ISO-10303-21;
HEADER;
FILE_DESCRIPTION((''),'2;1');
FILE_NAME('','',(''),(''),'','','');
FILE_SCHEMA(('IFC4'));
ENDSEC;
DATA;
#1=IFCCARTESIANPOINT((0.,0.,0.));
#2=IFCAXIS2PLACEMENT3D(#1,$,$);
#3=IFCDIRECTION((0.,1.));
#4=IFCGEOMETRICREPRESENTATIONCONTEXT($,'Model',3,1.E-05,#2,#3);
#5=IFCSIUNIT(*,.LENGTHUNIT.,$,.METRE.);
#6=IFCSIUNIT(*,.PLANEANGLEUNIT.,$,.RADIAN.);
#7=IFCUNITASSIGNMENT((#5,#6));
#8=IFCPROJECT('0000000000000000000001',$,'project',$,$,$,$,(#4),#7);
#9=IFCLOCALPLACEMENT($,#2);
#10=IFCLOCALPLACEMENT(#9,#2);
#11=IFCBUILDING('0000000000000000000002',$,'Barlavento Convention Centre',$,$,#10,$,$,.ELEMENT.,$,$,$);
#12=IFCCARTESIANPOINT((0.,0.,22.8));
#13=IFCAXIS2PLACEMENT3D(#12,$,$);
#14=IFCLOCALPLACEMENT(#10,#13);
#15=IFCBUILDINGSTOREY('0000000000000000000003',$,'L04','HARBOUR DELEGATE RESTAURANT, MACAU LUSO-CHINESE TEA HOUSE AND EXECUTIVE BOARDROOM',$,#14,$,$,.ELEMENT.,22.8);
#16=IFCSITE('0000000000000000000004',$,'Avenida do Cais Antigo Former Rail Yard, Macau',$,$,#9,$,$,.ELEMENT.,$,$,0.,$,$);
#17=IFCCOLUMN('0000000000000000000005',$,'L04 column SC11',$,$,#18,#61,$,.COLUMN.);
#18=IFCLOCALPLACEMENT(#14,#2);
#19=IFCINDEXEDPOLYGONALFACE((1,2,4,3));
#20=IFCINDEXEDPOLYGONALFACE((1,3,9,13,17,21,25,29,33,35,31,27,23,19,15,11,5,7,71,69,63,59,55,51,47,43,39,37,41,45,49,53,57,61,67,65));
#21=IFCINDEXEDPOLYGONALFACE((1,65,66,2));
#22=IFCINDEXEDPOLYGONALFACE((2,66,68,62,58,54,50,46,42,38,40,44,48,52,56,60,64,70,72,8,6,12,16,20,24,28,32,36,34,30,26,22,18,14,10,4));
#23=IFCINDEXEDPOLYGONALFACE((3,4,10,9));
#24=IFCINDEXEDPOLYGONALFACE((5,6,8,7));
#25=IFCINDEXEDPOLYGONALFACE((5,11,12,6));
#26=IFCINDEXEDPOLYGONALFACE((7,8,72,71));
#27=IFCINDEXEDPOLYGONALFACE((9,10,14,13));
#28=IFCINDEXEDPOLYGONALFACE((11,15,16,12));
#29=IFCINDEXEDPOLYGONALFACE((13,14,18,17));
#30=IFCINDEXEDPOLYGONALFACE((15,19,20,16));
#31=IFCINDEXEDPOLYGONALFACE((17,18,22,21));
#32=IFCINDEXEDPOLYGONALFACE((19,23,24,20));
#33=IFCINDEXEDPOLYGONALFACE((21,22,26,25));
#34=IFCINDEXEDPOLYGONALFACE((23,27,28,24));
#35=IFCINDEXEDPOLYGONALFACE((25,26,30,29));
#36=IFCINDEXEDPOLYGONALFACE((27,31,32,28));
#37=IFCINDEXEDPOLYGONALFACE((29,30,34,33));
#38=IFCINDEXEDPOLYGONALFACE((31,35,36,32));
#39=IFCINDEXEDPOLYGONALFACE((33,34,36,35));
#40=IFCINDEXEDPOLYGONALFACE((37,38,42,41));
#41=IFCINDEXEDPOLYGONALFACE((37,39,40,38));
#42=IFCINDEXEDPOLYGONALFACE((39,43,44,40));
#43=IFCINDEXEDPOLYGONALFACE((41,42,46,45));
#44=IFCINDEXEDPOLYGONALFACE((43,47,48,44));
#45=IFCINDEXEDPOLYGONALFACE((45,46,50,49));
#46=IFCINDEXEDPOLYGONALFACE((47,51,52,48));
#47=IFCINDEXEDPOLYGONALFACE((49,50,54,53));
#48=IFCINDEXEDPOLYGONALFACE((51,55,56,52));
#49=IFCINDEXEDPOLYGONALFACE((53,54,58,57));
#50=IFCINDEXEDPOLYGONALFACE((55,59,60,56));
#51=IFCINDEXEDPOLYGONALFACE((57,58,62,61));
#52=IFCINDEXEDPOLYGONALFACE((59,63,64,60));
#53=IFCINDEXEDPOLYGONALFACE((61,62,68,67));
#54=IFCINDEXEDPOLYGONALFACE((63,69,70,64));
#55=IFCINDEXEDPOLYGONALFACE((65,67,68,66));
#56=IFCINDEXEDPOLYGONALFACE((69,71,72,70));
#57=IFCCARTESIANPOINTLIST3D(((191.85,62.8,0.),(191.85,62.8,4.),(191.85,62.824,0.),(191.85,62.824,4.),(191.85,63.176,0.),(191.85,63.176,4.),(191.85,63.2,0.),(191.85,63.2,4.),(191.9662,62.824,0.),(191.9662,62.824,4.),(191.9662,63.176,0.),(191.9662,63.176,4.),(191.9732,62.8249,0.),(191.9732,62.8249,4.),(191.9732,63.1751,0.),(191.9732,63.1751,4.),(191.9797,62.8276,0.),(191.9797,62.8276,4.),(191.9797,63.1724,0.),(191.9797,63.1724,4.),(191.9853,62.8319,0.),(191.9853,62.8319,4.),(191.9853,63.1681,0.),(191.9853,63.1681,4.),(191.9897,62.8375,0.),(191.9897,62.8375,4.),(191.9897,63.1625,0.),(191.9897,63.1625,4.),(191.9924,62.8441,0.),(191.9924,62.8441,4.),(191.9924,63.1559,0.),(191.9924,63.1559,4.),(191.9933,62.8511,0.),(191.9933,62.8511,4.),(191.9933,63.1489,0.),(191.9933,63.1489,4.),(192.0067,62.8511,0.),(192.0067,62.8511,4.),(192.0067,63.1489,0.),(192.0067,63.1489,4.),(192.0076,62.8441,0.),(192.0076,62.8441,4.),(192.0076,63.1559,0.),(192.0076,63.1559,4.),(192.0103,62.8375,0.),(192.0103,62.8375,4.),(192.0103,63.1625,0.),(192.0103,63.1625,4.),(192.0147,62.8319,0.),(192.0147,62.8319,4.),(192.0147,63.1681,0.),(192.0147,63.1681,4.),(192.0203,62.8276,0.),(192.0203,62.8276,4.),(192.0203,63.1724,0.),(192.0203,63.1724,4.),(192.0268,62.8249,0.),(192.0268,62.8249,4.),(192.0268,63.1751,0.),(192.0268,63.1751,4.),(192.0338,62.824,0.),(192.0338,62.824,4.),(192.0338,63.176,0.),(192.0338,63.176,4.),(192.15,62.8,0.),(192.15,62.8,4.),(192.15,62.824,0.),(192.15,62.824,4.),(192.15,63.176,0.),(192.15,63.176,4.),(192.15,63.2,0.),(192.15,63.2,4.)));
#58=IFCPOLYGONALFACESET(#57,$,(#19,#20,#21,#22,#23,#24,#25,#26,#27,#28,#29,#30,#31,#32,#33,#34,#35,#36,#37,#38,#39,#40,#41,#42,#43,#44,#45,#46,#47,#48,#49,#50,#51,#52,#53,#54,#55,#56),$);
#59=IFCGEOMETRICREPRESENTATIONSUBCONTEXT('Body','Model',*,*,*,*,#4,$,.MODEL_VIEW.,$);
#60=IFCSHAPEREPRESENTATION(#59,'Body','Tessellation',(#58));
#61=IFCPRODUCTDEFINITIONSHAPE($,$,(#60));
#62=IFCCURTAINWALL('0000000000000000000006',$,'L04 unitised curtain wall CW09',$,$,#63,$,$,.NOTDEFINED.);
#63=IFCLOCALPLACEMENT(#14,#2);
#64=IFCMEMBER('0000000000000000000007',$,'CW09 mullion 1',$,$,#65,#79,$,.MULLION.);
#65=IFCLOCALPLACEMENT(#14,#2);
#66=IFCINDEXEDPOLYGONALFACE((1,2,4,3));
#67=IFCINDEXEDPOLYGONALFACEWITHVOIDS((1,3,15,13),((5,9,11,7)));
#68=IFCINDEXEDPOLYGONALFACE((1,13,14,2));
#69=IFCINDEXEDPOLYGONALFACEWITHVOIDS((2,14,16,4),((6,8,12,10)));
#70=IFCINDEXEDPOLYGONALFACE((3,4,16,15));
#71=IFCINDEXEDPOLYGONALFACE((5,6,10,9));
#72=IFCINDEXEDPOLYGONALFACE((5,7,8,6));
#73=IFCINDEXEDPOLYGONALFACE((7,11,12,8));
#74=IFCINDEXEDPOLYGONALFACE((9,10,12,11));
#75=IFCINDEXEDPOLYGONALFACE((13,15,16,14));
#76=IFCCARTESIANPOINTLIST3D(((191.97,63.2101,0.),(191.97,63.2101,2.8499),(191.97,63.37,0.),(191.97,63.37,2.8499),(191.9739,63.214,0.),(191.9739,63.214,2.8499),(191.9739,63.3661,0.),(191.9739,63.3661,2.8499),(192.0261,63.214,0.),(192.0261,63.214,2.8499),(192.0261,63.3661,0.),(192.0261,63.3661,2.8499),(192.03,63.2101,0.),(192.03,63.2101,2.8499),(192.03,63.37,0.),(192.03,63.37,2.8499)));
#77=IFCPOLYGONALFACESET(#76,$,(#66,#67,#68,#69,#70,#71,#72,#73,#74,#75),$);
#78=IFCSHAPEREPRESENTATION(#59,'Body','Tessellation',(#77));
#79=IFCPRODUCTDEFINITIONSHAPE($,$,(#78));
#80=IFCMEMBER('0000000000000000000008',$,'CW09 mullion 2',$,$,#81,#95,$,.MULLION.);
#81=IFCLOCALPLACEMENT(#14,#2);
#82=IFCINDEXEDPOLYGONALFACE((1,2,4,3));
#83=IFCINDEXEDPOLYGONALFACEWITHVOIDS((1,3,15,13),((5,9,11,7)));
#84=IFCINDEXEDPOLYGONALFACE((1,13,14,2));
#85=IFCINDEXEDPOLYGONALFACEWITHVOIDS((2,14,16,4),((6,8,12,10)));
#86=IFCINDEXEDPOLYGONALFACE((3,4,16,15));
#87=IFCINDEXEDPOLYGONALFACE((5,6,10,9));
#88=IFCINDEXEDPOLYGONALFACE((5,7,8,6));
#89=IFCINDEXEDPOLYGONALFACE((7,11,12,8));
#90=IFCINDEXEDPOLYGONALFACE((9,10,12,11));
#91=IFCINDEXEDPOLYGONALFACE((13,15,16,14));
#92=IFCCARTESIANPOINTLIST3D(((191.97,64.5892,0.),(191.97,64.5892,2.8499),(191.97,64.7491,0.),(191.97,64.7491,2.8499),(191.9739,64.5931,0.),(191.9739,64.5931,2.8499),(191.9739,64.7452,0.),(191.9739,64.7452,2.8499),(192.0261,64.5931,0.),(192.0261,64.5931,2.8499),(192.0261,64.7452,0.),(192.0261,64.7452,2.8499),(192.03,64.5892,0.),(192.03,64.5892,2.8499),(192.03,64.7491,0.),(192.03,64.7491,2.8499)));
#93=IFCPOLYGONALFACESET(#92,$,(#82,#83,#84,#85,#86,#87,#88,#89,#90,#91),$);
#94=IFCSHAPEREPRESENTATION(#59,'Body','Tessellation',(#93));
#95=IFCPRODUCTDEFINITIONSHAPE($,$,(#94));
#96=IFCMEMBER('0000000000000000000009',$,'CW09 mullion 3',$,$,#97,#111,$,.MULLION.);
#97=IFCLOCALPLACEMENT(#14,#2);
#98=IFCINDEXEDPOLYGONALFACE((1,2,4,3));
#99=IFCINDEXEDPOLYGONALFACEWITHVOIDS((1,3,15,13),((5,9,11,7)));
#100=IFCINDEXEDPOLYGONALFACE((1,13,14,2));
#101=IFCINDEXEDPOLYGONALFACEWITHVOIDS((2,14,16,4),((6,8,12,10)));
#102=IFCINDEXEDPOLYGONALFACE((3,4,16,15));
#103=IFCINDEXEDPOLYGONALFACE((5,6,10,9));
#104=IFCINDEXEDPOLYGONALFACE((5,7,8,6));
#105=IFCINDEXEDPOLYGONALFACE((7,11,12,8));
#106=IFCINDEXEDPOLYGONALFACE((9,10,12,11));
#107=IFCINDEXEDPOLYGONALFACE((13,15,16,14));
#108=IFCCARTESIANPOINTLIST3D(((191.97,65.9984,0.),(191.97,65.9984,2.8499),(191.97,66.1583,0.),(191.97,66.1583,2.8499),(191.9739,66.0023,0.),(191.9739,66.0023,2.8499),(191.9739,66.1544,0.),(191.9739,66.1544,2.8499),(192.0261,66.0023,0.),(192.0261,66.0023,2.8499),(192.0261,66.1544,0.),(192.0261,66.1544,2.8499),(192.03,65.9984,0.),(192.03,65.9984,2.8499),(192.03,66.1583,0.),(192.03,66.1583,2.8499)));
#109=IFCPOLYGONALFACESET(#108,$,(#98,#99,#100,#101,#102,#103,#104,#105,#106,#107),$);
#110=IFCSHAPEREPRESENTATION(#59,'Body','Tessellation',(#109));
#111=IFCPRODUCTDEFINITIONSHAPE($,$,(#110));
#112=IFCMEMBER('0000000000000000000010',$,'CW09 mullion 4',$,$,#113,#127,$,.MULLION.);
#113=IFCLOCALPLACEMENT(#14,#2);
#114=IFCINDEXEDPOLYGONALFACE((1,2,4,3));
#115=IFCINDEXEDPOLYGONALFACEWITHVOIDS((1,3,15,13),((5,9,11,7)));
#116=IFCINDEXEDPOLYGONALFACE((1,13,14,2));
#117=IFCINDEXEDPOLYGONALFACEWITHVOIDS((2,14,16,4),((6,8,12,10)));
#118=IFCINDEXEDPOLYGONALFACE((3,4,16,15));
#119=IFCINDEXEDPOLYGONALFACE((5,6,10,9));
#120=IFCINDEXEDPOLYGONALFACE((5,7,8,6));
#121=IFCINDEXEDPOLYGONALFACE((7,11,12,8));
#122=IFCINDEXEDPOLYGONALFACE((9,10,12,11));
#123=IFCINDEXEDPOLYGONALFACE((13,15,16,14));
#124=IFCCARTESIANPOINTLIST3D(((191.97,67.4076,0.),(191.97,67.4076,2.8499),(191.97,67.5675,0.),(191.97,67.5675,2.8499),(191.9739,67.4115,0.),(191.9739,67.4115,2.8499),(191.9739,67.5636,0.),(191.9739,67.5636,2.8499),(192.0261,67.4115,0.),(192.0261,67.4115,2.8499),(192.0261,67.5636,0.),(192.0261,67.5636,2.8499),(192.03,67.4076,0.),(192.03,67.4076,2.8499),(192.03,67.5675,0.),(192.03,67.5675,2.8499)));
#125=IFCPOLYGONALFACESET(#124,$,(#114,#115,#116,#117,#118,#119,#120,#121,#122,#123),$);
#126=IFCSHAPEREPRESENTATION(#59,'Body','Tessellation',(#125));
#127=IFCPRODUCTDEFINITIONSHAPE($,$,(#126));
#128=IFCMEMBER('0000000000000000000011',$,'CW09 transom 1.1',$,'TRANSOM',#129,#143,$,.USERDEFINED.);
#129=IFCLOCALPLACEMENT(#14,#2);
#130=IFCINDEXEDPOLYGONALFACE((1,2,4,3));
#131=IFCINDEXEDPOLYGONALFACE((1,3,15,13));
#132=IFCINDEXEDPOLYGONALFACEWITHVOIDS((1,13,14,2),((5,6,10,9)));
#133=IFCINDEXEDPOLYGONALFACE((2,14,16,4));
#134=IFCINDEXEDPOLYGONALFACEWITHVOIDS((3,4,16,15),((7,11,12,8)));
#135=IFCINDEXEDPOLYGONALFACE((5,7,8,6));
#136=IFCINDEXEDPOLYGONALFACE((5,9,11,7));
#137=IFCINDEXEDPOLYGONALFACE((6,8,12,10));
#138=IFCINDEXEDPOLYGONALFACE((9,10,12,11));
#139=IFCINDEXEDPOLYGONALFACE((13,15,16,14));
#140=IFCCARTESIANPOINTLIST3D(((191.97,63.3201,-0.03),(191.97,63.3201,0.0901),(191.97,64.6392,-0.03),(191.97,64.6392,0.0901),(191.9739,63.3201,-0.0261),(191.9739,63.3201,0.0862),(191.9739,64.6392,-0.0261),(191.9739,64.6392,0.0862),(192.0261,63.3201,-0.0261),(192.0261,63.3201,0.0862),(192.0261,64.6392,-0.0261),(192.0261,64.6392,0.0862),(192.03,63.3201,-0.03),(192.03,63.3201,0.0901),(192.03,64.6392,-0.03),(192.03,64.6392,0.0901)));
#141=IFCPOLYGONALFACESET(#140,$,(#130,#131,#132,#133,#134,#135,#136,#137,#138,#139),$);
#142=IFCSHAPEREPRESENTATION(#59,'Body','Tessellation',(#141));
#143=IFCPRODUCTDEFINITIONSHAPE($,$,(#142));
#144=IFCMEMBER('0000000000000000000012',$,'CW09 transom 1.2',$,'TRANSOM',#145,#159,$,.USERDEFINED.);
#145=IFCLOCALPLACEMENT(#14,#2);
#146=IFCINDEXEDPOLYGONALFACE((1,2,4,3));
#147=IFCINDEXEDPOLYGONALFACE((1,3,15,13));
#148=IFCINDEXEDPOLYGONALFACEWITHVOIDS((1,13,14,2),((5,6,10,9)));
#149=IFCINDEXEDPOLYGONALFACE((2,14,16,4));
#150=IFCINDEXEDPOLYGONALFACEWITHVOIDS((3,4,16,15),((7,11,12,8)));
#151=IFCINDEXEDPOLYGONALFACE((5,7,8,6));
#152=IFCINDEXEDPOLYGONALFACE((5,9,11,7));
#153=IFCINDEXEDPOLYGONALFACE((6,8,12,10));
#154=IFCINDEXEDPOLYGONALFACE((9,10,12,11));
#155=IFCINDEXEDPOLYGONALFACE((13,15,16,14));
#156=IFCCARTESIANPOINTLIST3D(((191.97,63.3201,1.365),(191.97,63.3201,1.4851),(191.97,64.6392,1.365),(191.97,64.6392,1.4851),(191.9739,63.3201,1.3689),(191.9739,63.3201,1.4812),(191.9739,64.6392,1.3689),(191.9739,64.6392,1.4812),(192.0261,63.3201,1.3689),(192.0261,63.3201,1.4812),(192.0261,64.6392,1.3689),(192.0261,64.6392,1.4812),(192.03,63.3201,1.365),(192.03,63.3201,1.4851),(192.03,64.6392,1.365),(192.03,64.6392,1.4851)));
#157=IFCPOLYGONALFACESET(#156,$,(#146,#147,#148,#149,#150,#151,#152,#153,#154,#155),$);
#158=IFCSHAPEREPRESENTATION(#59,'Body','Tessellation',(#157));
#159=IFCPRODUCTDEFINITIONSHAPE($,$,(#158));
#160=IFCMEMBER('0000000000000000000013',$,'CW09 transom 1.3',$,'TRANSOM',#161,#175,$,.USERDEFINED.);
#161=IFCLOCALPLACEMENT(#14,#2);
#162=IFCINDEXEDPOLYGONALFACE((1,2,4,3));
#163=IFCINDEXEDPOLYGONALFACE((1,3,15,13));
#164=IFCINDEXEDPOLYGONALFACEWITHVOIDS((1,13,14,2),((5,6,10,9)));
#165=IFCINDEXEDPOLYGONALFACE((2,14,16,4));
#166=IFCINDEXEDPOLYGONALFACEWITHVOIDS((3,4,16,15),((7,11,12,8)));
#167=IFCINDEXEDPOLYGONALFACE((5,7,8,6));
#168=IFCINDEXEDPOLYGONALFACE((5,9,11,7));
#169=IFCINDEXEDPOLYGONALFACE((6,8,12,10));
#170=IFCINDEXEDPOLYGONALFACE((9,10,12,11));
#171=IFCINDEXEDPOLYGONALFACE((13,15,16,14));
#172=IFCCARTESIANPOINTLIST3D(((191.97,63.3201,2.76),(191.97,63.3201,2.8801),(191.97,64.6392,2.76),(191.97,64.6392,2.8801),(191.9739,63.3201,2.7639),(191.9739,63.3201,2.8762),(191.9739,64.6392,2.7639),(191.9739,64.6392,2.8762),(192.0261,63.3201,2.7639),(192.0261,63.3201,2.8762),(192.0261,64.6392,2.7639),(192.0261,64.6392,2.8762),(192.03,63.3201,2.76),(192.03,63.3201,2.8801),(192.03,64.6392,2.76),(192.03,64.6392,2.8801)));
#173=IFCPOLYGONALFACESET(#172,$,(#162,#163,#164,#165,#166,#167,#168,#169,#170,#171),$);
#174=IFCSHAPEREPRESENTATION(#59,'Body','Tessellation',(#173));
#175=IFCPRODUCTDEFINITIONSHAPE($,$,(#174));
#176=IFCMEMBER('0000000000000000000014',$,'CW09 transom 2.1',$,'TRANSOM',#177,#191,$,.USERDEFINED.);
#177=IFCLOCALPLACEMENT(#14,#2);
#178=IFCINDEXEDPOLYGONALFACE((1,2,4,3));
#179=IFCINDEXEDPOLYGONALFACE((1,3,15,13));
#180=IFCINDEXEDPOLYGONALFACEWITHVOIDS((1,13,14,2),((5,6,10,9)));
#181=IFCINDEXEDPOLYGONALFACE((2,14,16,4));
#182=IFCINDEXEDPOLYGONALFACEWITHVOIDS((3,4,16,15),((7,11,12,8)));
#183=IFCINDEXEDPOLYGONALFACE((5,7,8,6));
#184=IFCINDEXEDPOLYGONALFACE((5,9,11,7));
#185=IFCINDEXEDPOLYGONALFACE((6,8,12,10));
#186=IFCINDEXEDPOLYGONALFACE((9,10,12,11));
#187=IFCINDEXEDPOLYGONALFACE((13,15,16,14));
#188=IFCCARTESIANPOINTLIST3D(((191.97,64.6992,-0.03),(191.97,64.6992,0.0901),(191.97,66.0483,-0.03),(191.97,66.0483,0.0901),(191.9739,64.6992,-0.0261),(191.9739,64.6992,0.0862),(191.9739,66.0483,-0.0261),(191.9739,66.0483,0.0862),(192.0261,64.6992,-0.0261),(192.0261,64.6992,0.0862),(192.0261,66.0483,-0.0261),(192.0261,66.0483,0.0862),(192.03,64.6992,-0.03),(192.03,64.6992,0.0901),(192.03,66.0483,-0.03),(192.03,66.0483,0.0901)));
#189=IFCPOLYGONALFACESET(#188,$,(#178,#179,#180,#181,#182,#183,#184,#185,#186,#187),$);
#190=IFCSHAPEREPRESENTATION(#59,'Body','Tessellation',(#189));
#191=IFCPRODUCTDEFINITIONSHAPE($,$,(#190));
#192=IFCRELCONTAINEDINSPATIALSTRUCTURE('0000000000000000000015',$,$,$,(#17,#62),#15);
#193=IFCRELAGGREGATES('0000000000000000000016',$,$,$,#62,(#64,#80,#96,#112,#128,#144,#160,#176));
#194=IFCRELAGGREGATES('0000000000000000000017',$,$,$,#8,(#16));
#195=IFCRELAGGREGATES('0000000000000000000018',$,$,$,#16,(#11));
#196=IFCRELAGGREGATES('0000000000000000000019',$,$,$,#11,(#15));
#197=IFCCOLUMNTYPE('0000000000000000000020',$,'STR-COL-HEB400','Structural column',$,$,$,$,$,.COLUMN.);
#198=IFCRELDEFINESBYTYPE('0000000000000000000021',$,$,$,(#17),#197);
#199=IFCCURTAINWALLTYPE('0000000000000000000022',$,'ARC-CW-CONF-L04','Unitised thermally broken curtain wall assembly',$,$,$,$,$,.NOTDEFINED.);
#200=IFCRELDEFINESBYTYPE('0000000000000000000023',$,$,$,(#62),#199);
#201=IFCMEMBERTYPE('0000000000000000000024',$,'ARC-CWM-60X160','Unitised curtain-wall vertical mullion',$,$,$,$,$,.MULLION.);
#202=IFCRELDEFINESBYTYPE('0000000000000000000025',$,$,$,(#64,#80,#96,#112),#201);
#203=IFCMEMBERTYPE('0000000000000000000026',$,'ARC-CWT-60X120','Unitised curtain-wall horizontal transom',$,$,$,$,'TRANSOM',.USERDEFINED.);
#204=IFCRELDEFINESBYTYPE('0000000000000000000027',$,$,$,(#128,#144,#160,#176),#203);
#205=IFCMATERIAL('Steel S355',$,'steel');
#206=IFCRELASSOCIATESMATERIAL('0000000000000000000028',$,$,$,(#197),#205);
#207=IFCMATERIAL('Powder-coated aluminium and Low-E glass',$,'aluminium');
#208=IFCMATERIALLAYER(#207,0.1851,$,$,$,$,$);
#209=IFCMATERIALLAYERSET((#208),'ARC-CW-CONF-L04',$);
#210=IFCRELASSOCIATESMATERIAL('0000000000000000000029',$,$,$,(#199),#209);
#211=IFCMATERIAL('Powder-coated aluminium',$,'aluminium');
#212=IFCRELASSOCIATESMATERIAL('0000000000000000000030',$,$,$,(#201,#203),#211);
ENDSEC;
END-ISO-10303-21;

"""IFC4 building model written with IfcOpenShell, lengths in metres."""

from ifc_helpers import new_model, si_unit, direction, frame, origin, origin_2d, place, context, subcontext, project, spatial, hollow_rectangle, i_section, extrude, material, layer, layer_set, material_profile, profile_set, type_object, element, aggregate, save


model = new_model("IFC4")

# Units and contexts
model_context = context("Model", 3, precision=1e-05, world=origin(), true_north=direction((0.0, 1.0)))
body_context = subcontext(model_context, "Body", "Model", "MODEL_VIEW")
ifc_project = project(units=[si_unit("LENGTHUNIT", "METRE"), si_unit("PLANEANGLEUNIT", "RADIAN")], contexts=[model_context])

# Site, building, storey
site_placement = place(None, origin())
site = spatial("IfcSite", under=ifc_project, at=site_placement, Name="Avenida do Cais Antigo Former Rail Yard, Macau", CompositionType="ELEMENT", RefElevation=0.0)
building_placement = place(site_placement, origin())
building = spatial("IfcBuilding", under=site, at=building_placement, Name="Barlavento Convention Centre", CompositionType="ELEMENT")
storey_placement = place(building_placement, frame((0.0, 0.0, 22.8)))
storey = spatial("IfcBuildingStorey", under=building, at=storey_placement, Name="L04", Description="HARBOUR DELEGATE RESTAURANT, MACAU LUSO-CHINESE TEA HOUSE AND EXECUTIVE BOARDROOM", CompositionType="ELEMENT", Elevation=22.8)

# Column
ifc_material_1 = material(Name="Steel S355", Category="steel")
ifc_material_profile_1 = material_profile(ifc_material_1, i_section(OverallWidth=0.3, OverallDepth=0.3999, WebThickness=0.0134, FlangeThickness=0.0239, FilletRadius=0.0271, at=origin_2d()), Name="HEB 400")
ifc_profile_set_1 = profile_set([ifc_material_profile_1], Name="Steel S355")
column_type = type_object("IfcColumnType", Name="STR-COL-HEB400", Description="Structural column", PredefinedType="COLUMN", material=ifc_profile_set_1)
column_placement = place(storey_placement, frame((192.0, 63.0, 0.0), z_axis=(0.0, 0.0, 1.0), x_axis=(1.0, 0.0, 0.0)))
element("IfcColumn", 1, at=column_placement, inside=storey, type_object=column_type, Name="L04 column SC11", PredefinedType="COLUMN", context=body_context, shape_type="SweptSolid", body=[
    extrude(i_section(OverallWidth=0.3, OverallDepth=0.3999, WebThickness=0.0134, FlangeThickness=0.0239, FilletRadius=0.0271, at=origin_2d()), origin(), (0.0, 0.0, 1.0), 4.0),
])

# Curtain wall, members
ifc_material_2 = material(Name="Powder-coated aluminium and Low-E glass", Category="aluminium")
ifc_layer_1 = layer(ifc_material_2, 0.1851)
ifc_layer_set_1 = layer_set([ifc_layer_1], Name="ARC-CW-CONF-L04")
curtain_wall_type = type_object("IfcCurtainWallType", Name="ARC-CW-CONF-L04", Description="Unitised thermally broken curtain wall assembly", PredefinedType="NOTDEFINED", material=ifc_layer_set_1)
curtain_wall_placement = place(storey_placement, origin())
curtain_wall = element("IfcCurtainWall", 2, at=curtain_wall_placement, inside=storey, type_object=curtain_wall_type, Name="L04 unitised curtain wall CW09", PredefinedType="NOTDEFINED")
ifc_material_3 = material(Name="Powder-coated aluminium", Category="aluminium")
ifc_material_profile_2 = material_profile(ifc_material_3, hollow_rectangle(XDim=0.0601, YDim=0.1599, WallThickness=0.0039, at=origin_2d()), Name="AL-MULL 60x160x4")
ifc_profile_set_2 = profile_set([ifc_material_profile_2], Name="Powder-coated aluminium")
member_type_1 = type_object("IfcMemberType", Name="ARC-CWM-60X160", Description="Unitised curtain-wall vertical mullion", PredefinedType="MULLION", material=ifc_profile_set_2)
member_1_placement = place(storey_placement, frame((192.0, 63.29, 0.0), z_axis=(0.0, 0.0, 1.0), x_axis=(-1.0, 0.0, 0.0)))
member_1 = element("IfcMember", 3, at=member_1_placement, type_object=member_type_1, Name="CW09 mullion 1", PredefinedType="MULLION", context=body_context, shape_type="SweptSolid", body=[
    extrude(hollow_rectangle(XDim=0.0601, YDim=0.1599, WallThickness=0.0039, at=origin_2d()), origin(), (0.0, 0.0, 1.0), 2.8499),
])
member_2_placement = place(storey_placement, frame((192.0, 64.6692, 0.0), z_axis=(0.0, 0.0, 1.0), x_axis=(-1.0, 0.0, 0.0)))
member_2 = element("IfcMember", 4, at=member_2_placement, type_object=member_type_1, Name="CW09 mullion 2", PredefinedType="MULLION", context=body_context, shape_type="SweptSolid", body=[
    extrude(hollow_rectangle(XDim=0.0601, YDim=0.1599, WallThickness=0.0039, at=origin_2d()), origin(), (0.0, 0.0, 1.0), 2.8499),
])
member_3_placement = place(storey_placement, frame((192.0, 66.0784, 0.0), z_axis=(0.0, 0.0, 1.0), x_axis=(-1.0, 0.0, 0.0)))
member_3 = element("IfcMember", 5, at=member_3_placement, type_object=member_type_1, Name="CW09 mullion 3", PredefinedType="MULLION", context=body_context, shape_type="SweptSolid", body=[
    extrude(hollow_rectangle(XDim=0.0601, YDim=0.1599, WallThickness=0.0039, at=origin_2d()), origin(), (0.0, 0.0, 1.0), 2.8499),
])
member_4_placement = place(storey_placement, frame((192.0, 67.4875, 0.0), z_axis=(0.0, 0.0, 1.0), x_axis=(-1.0, 0.0, 0.0)))
member_4 = element("IfcMember", 6, at=member_4_placement, type_object=member_type_1, Name="CW09 mullion 4", PredefinedType="MULLION", context=body_context, shape_type="SweptSolid", body=[
    extrude(hollow_rectangle(XDim=0.0601, YDim=0.1599, WallThickness=0.0039, at=origin_2d()), origin(), (0.0, 0.0, 1.0), 2.8499),
])
ifc_material_profile_3 = material_profile(ifc_material_3, hollow_rectangle(XDim=0.0601, YDim=0.1201, WallThickness=0.0039, at=origin_2d()), Name="AL-TRAN 60x120x4")
ifc_profile_set_3 = profile_set([ifc_material_profile_3], Name="Powder-coated aluminium")
member_type_2 = type_object("IfcMemberType", Name="ARC-CWT-60X120", Description="Unitised curtain-wall horizontal transom", ElementType="TRANSOM", PredefinedType="USERDEFINED", material=ifc_profile_set_3)
member_5_placement = place(storey_placement, frame((192.0, 63.3201, 0.03), z_axis=(0.0, 1.0, 0.0), x_axis=(-1.0, 0.0, 0.0)))
member_5 = element("IfcMember", 7, at=member_5_placement, type_object=member_type_2, Name="CW09 transom 1.1", ObjectType="TRANSOM", PredefinedType="USERDEFINED", context=body_context, shape_type="SweptSolid", body=[
    extrude(hollow_rectangle(XDim=0.0601, YDim=0.1201, WallThickness=0.0039, at=origin_2d()), origin(), (0.0, 0.0, 1.0), 1.3191),
])
member_6_placement = place(storey_placement, frame((192.0, 63.3201, 1.425), z_axis=(0.0, 1.0, 0.0), x_axis=(-1.0, 0.0, 0.0)))
member_6 = element("IfcMember", 8, at=member_6_placement, type_object=member_type_2, Name="CW09 transom 1.2", ObjectType="TRANSOM", PredefinedType="USERDEFINED", context=body_context, shape_type="SweptSolid", body=[
    extrude(hollow_rectangle(XDim=0.0601, YDim=0.1201, WallThickness=0.0039, at=origin_2d()), origin(), (0.0, 0.0, 1.0), 1.3191),
])
member_7_placement = place(storey_placement, frame((192.0, 63.3201, 2.8201), z_axis=(0.0, 1.0, 0.0), x_axis=(-1.0, 0.0, 0.0)))
member_7 = element("IfcMember", 9, at=member_7_placement, type_object=member_type_2, Name="CW09 transom 1.3", ObjectType="TRANSOM", PredefinedType="USERDEFINED", context=body_context, shape_type="SweptSolid", body=[
    extrude(hollow_rectangle(XDim=0.0601, YDim=0.1201, WallThickness=0.0039, at=origin_2d()), origin(), (0.0, 0.0, 1.0), 1.3191),
])
member_8_placement = place(storey_placement, frame((192.0, 64.6992, 0.03), z_axis=(0.0, 1.0, 0.0), x_axis=(-1.0, 0.0, 0.0)))
member_8 = element("IfcMember", 10, at=member_8_placement, type_object=member_type_2, Name="CW09 transom 2.1", ObjectType="TRANSOM", PredefinedType="USERDEFINED", context=body_context, shape_type="SweptSolid", body=[
    extrude(hollow_rectangle(XDim=0.0601, YDim=0.1201, WallThickness=0.0039, at=origin_2d()), origin(), (0.0, 0.0, 1.0), 1.3491),
])

aggregate(curtain_wall, [member_1, member_2, member_3, member_4, member_5, member_6, member_7, member_8])

save(model, "model.ifc")
